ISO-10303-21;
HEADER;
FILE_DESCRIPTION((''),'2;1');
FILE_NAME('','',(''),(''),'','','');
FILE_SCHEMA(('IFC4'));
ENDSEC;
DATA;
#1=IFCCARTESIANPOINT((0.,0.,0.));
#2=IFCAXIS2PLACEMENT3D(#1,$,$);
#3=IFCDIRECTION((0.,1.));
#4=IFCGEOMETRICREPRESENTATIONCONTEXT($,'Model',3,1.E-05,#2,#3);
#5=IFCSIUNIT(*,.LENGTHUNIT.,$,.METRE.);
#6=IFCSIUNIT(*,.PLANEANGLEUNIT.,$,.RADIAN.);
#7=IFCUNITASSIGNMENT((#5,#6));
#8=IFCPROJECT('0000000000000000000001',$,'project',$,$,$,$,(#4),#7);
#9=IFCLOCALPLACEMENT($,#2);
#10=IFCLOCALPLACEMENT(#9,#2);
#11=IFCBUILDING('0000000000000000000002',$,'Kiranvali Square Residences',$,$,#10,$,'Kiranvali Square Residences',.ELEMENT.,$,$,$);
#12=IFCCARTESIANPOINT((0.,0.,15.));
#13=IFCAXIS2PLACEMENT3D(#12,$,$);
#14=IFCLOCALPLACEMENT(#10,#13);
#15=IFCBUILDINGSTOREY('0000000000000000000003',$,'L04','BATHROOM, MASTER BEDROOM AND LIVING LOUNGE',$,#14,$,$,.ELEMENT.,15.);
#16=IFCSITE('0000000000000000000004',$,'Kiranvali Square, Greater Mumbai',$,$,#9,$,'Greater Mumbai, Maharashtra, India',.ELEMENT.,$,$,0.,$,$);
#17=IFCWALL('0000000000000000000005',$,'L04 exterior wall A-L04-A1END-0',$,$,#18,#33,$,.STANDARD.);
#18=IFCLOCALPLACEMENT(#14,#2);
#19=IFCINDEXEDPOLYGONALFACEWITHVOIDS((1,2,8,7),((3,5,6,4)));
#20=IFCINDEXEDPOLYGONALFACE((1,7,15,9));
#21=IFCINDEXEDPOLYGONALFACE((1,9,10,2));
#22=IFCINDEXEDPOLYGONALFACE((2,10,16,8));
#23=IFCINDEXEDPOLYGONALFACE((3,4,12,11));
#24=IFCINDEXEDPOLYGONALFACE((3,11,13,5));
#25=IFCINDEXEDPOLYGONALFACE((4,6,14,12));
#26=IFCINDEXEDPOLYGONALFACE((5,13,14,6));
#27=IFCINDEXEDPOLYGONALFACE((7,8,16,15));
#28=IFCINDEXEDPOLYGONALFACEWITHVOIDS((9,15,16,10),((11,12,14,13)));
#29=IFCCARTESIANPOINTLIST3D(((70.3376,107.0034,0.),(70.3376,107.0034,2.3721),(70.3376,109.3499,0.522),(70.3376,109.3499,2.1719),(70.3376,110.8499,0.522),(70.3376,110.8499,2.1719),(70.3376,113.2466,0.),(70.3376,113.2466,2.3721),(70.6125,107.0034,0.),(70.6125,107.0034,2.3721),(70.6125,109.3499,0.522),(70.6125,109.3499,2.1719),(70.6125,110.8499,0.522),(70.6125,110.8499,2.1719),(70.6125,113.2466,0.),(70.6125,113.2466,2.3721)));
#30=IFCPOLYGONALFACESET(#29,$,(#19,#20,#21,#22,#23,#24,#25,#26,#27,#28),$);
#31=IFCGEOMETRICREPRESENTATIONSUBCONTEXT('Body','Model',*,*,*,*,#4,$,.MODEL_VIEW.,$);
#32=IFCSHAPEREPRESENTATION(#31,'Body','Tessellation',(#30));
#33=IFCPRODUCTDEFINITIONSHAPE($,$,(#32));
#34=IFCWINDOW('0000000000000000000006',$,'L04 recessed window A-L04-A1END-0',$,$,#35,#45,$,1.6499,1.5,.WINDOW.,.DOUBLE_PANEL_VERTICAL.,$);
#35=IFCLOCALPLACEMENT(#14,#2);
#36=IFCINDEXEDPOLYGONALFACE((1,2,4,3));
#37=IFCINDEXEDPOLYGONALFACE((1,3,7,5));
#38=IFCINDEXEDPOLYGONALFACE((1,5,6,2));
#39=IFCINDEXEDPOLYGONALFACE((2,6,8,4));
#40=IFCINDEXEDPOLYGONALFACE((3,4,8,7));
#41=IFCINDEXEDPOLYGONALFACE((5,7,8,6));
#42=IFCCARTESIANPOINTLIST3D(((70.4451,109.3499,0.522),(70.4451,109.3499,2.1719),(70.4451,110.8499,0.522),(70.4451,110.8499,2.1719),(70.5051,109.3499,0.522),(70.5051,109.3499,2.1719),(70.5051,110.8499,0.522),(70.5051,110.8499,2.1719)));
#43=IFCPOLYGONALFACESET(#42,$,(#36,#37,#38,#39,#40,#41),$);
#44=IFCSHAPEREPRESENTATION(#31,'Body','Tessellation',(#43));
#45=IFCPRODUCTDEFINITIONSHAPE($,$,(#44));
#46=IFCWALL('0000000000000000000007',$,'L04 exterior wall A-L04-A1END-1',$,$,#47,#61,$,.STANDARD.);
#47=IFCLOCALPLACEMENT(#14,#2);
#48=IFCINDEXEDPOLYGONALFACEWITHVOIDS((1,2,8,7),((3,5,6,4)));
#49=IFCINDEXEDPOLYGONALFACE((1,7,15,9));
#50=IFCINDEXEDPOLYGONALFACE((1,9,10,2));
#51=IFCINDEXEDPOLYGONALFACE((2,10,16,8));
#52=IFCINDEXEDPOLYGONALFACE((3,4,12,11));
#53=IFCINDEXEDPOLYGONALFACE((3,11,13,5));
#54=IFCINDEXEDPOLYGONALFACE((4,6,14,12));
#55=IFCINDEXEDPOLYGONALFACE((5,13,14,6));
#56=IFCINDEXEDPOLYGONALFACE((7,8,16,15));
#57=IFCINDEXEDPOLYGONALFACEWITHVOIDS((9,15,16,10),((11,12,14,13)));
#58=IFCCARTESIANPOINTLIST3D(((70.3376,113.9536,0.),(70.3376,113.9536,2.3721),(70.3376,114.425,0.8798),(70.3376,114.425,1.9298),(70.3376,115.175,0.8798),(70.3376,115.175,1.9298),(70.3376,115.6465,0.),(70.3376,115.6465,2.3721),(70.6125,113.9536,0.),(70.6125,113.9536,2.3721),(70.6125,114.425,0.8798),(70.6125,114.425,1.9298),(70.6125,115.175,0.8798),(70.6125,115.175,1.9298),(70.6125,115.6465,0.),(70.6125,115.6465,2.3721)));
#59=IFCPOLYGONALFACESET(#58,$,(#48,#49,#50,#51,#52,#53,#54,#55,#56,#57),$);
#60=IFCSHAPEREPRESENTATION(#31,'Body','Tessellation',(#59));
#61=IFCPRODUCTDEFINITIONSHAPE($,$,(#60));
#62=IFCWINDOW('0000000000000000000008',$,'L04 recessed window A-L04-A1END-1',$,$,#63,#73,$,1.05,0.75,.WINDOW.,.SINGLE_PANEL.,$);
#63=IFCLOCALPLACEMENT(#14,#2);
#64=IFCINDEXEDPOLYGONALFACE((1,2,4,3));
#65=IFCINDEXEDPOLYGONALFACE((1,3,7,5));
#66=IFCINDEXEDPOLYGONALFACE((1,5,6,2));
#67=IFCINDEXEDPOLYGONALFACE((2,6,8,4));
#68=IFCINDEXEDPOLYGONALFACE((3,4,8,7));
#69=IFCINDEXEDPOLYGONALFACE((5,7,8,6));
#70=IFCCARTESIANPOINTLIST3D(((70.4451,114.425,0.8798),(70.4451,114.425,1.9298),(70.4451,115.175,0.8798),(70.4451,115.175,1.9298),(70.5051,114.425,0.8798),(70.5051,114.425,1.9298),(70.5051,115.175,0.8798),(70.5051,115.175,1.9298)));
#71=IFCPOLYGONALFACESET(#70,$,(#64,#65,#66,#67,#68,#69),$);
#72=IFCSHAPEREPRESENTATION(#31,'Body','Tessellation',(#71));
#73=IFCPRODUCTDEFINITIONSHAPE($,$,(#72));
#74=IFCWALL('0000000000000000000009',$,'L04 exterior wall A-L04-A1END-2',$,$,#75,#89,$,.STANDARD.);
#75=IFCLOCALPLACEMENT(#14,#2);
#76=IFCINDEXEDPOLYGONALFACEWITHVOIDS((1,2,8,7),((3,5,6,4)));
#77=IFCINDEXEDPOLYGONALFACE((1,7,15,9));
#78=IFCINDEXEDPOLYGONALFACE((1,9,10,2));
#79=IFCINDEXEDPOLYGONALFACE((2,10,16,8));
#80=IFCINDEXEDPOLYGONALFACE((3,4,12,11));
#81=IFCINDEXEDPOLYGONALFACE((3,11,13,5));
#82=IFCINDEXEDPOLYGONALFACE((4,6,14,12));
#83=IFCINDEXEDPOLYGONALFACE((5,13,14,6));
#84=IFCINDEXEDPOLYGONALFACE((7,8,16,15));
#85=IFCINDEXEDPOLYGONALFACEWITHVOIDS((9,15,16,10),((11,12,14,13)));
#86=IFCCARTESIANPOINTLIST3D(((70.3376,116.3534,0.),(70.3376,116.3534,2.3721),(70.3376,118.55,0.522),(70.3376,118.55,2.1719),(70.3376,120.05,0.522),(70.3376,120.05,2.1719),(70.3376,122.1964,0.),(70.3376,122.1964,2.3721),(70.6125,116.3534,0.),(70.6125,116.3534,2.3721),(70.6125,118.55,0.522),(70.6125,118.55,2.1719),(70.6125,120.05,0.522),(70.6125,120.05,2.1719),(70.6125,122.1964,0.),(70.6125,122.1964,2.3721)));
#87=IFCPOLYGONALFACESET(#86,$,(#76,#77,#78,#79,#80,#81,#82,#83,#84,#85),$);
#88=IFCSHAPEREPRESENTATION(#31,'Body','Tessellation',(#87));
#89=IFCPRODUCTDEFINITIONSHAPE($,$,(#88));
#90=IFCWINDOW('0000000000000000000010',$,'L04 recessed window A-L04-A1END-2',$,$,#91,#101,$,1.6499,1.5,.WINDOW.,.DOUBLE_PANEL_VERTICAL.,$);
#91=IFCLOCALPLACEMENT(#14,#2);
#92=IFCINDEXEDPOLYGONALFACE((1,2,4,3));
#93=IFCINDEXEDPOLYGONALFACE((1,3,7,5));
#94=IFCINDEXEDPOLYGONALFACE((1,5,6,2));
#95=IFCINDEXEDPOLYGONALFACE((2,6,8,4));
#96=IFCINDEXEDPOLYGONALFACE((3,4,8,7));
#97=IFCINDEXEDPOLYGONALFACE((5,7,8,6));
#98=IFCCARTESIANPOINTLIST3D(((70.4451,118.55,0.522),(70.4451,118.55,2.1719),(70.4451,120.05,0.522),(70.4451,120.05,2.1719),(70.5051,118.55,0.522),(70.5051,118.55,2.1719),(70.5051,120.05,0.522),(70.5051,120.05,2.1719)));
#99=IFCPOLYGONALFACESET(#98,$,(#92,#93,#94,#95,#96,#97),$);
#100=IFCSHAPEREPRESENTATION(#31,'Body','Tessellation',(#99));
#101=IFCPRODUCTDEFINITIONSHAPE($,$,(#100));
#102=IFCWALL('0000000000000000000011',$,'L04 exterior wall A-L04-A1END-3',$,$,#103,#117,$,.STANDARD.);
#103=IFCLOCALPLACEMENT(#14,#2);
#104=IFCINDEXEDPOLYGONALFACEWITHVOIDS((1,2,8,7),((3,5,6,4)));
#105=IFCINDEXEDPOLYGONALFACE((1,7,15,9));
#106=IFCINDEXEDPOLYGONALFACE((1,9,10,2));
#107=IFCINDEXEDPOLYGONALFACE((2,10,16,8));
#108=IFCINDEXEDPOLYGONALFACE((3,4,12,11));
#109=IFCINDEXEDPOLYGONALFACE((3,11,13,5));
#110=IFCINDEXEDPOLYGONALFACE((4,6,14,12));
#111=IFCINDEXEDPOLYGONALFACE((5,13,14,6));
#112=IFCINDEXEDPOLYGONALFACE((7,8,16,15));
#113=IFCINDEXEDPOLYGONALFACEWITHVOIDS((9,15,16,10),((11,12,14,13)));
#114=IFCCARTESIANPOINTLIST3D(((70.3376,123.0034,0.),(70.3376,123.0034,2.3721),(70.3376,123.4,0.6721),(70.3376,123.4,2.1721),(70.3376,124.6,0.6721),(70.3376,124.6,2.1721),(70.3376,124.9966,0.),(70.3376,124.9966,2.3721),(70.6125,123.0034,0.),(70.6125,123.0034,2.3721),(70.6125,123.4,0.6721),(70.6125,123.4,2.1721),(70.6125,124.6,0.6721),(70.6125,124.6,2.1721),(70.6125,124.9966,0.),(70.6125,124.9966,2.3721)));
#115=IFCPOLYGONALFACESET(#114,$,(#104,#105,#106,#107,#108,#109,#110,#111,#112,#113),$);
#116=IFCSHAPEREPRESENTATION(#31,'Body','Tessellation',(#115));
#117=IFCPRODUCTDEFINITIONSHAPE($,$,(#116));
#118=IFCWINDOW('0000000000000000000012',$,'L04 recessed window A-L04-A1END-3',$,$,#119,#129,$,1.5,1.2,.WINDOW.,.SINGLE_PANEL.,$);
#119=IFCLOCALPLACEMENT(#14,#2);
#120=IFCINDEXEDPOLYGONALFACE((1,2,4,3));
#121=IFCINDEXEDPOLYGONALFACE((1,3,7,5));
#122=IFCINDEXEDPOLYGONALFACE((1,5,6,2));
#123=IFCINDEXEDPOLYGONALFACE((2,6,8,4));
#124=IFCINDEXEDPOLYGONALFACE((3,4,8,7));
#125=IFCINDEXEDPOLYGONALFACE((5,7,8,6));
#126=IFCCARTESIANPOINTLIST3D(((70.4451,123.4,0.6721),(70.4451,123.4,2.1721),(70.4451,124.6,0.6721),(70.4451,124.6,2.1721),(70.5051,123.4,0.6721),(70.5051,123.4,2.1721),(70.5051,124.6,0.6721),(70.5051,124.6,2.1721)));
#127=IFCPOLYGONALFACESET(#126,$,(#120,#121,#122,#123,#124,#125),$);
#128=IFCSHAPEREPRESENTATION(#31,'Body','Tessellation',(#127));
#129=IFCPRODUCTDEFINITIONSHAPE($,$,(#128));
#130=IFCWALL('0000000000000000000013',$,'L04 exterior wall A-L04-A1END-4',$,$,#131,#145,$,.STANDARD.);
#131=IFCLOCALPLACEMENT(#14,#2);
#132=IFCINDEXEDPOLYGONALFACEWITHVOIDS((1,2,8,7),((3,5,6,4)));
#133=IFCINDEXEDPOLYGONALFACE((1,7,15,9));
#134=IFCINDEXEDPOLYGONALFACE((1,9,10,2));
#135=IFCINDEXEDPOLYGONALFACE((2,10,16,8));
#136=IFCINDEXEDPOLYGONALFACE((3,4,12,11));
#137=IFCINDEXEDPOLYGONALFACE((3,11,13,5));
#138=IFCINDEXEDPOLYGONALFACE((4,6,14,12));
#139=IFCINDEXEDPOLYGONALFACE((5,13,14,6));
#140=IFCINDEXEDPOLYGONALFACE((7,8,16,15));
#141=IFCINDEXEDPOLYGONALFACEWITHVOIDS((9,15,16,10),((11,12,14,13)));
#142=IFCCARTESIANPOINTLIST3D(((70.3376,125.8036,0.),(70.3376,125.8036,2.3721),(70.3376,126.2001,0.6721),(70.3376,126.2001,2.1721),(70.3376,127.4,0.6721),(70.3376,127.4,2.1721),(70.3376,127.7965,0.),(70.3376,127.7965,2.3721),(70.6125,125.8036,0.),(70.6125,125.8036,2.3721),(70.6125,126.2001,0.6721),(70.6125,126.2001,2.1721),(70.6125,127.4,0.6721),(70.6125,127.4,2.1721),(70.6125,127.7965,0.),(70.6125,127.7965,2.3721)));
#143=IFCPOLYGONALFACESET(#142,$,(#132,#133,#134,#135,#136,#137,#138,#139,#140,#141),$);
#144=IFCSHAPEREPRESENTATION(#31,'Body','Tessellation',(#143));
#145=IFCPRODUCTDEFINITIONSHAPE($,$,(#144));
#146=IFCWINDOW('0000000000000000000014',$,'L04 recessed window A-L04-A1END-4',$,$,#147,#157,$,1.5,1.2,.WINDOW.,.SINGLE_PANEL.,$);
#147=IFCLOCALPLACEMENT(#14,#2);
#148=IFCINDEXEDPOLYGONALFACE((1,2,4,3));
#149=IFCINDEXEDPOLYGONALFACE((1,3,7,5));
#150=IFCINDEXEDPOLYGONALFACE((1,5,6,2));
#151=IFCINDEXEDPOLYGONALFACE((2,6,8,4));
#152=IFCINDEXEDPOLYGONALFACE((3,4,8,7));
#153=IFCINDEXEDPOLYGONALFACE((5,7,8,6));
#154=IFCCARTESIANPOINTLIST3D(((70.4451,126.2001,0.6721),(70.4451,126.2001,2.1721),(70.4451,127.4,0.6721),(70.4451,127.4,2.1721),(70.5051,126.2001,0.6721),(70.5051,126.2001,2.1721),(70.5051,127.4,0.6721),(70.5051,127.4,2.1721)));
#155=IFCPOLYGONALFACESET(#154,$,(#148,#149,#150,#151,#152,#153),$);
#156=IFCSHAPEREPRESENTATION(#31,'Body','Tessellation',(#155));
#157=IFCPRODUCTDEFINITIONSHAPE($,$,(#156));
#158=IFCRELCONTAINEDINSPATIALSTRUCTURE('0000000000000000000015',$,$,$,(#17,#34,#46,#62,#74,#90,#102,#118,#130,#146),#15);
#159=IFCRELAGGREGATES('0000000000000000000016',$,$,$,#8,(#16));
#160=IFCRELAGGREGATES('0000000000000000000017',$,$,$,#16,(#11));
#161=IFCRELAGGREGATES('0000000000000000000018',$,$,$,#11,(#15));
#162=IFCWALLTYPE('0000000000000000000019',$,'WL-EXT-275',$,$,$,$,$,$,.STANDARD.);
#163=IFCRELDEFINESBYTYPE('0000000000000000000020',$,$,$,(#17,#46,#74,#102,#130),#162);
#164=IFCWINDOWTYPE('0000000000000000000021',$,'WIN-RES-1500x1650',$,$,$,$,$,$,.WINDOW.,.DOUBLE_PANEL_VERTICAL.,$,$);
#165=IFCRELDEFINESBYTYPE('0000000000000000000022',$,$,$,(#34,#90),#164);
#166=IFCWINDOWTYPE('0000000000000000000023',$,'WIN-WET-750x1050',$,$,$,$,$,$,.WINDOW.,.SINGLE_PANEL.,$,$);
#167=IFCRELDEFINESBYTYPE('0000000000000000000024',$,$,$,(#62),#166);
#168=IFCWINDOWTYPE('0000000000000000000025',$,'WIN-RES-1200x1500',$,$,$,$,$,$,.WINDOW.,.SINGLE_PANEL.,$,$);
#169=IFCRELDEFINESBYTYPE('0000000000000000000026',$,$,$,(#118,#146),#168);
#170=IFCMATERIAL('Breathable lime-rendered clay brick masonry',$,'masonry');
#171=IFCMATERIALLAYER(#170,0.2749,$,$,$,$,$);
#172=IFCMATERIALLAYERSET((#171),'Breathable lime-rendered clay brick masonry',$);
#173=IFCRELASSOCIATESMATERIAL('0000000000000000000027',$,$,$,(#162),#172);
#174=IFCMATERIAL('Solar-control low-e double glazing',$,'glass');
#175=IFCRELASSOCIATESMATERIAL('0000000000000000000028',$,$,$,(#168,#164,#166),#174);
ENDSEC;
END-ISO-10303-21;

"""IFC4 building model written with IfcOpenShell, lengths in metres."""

from ifc_helpers import new_model, si_unit, direction, frame, frame_2d, origin, place, context, subcontext, project, spatial, rectangle, extrude, material, layer, layer_set, type_object, element, fill, save


model = new_model("IFC4")

# Units and contexts
model_context = context("Model", 3, precision=1e-05, world=origin(), true_north=direction((0.0, 1.0)))
body_context = subcontext(model_context, "Body", "Model", "MODEL_VIEW")
ifc_project = project(units=[si_unit("LENGTHUNIT", "METRE"), si_unit("PLANEANGLEUNIT", "RADIAN")], contexts=[model_context])

# Site, building, storey
site_placement = place(None, origin())
site = spatial("IfcSite", under=ifc_project, at=site_placement, Name="Kiranvali Square, Greater Mumbai", LongName="Greater Mumbai, Maharashtra, India", CompositionType="ELEMENT", RefElevation=0.0)
building_placement = place(site_placement, origin())
building = spatial("IfcBuilding", under=site, at=building_placement, Name="Kiranvali Square Residences", LongName="Kiranvali Square Residences", CompositionType="ELEMENT")
storey_placement = place(building_placement, frame((0.0, 0.0, 15.0)))
storey = spatial("IfcBuildingStorey", under=building, at=storey_placement, Name="L04", Description="BATHROOM, MASTER BEDROOM AND LIVING LOUNGE", CompositionType="ELEMENT", Elevation=15.0)

# Walls, openings, windows
ifc_material_1 = material(Name="Breathable lime-rendered clay brick masonry", Category="masonry")
ifc_layer_1 = layer(ifc_material_1, 0.2749)
ifc_layer_set_1 = layer_set([ifc_layer_1], Name="Breathable lime-rendered clay brick masonry")
wall_type_1 = type_object("IfcWallType", Name="WL-EXT-275", PredefinedType="STANDARD", material=ifc_layer_set_1)
ifc_material_2 = material(Name="Solar-control low-e double glazing", Category="glass")
window_type_1 = type_object("IfcWindowType", Name="WIN-RES-1200x1500", PartitioningType="SINGLE_PANEL", PredefinedType="WINDOW", material=ifc_material_2)
wall_1_placement = place(storey_placement, frame((70.4751, 107.0034, 0.0), z_axis=(0.0, 0.0, 1.0), x_axis=(0.0, 1.0, 0.0)))
wall_1 = element("IfcWall", 1, at=wall_1_placement, inside=storey, type_object=wall_type_1, Name="L04 exterior wall A-L04-A1END-0", PredefinedType="STANDARD", context=body_context, shape_type="SweptSolid", body=[
    extrude(rectangle(XDim=6.2432, YDim=0.2749, at=frame_2d((3.1216, 0.0))), origin(), (0.0, 0.0, 1.0), 2.3721),
])
opening_1_placement = place(wall_1_placement, frame((2.3464, 0.0, 0.522)))
opening_1 = element("IfcOpeningElement", 2, at=opening_1_placement, cuts=wall_1, PredefinedType="OPENING", context=body_context, shape_type="SweptSolid", body=[
    extrude(rectangle(XDim=1.5, YDim=1.6499, at=frame_2d((0.75, 0.825))), frame((0.0, 0.1475, 0.0), z_axis=(0.0, -1.0, 0.0), x_axis=(1.0, 0.0, 0.0)), (0.0, 0.0, 1.0), 0.2949),
])
window_type_2 = type_object("IfcWindowType", Name="WIN-RES-1500x1650", PartitioningType="DOUBLE_PANEL_VERTICAL", PredefinedType="WINDOW", material=ifc_material_2)
window_1_placement = place(opening_1_placement, origin())
window_1 = element("IfcWindow", 3, at=window_1_placement, inside=storey, type_object=window_type_2, Name="L04 recessed window A-L04-A1END-0", OverallHeight=1.6499, OverallWidth=1.5, PartitioningType="DOUBLE_PANEL_VERTICAL", PredefinedType="WINDOW", context=body_context, shape_type="SweptSolid", body=[
    extrude(rectangle(XDim=1.5, YDim=1.6499, at=frame_2d((0.75, 0.825))), frame((0.0, 0.03, 0.0), z_axis=(0.0, -1.0, 0.0), x_axis=(1.0, 0.0, 0.0)), (0.0, 0.0, 1.0), 0.0601),
])
fill(opening_1, window_1)
wall_2_placement = place(storey_placement, frame((70.4751, 113.9536, 0.0), z_axis=(0.0, 0.0, 1.0), x_axis=(0.0, 1.0, 0.0)))
wall_2 = element("IfcWall", 4, at=wall_2_placement, inside=storey, type_object=wall_type_1, Name="L04 exterior wall A-L04-A1END-1", PredefinedType="STANDARD", context=body_context, shape_type="SweptSolid", body=[
    extrude(rectangle(XDim=1.6929, YDim=0.2749, at=frame_2d((0.8464, 0.0))), origin(), (0.0, 0.0, 1.0), 2.3721),
])
opening_2_placement = place(wall_2_placement, frame((0.4714, 0.0, 0.8799)))
opening_2 = element("IfcOpeningElement", 5, at=opening_2_placement, cuts=wall_2, PredefinedType="OPENING", context=body_context, shape_type="SweptSolid", body=[
    extrude(rectangle(XDim=0.75, YDim=1.05, at=frame_2d((0.375, 0.5249))), frame((0.0, 0.1475, 0.0), z_axis=(0.0, -1.0, 0.0), x_axis=(1.0, 0.0, 0.0)), (0.0, 0.0, 1.0), 0.2949),
])
window_type_3 = type_object("IfcWindowType", Name="WIN-WET-750x1050", PartitioningType="SINGLE_PANEL", PredefinedType="WINDOW", material=ifc_material_2)
window_2_placement = place(opening_2_placement, origin())
window_2 = element("IfcWindow", 6, at=window_2_placement, inside=storey, type_object=window_type_3, Name="L04 recessed window A-L04-A1END-1", OverallHeight=1.05, OverallWidth=0.75, PartitioningType="SINGLE_PANEL", PredefinedType="WINDOW", context=body_context, shape_type="SweptSolid", body=[
    extrude(rectangle(XDim=0.75, YDim=1.05, at=frame_2d((0.375, 0.5249))), frame((0.0, 0.03, 0.0), z_axis=(0.0, -1.0, 0.0), x_axis=(1.0, 0.0, 0.0)), (0.0, 0.0, 1.0), 0.0601),
])
fill(opening_2, window_2)
wall_3_placement = place(storey_placement, frame((70.4751, 116.3535, 0.0), z_axis=(0.0, 0.0, 1.0), x_axis=(0.0, 1.0, 0.0)))
wall_3 = element("IfcWall", 7, at=wall_3_placement, inside=storey, type_object=wall_type_1, Name="L04 exterior wall A-L04-A1END-2", PredefinedType="STANDARD", context=body_context, shape_type="SweptSolid", body=[
    extrude(rectangle(XDim=5.843, YDim=0.2749, at=frame_2d((2.9214, 0.0))), origin(), (0.0, 0.0, 1.0), 2.3721),
])
opening_3_placement = place(wall_3_placement, frame((2.1965, 0.0, 0.522)))
opening_3 = element("IfcOpeningElement", 8, at=opening_3_placement, cuts=wall_3, PredefinedType="OPENING", context=body_context, shape_type="SweptSolid", body=[
    extrude(rectangle(XDim=1.5, YDim=1.6499, at=frame_2d((0.75, 0.825))), frame((0.0, 0.1475, 0.0), z_axis=(0.0, -1.0, 0.0), x_axis=(1.0, 0.0, 0.0)), (0.0, 0.0, 1.0), 0.2949),
])
window_3_placement = place(opening_3_placement, origin())
window_3 = element("IfcWindow", 9, at=window_3_placement, inside=storey, type_object=window_type_2, Name="L04 recessed window A-L04-A1END-2", OverallHeight=1.6499, OverallWidth=1.5, PartitioningType="DOUBLE_PANEL_VERTICAL", PredefinedType="WINDOW", context=body_context, shape_type="SweptSolid", body=[
    extrude(rectangle(XDim=1.5, YDim=1.6499, at=frame_2d((0.75, 0.825))), frame((0.0, 0.03, 0.0), z_axis=(0.0, -1.0, 0.0), x_axis=(1.0, 0.0, 0.0)), (0.0, 0.0, 1.0), 0.0601),
])
fill(opening_3, window_3)
wall_4_placement = place(storey_placement, frame((70.4751, 123.0034, 0.0), z_axis=(0.0, 0.0, 1.0), x_axis=(0.0, 1.0, 0.0)))
wall_4 = element("IfcWall", 10, at=wall_4_placement, inside=storey, type_object=wall_type_1, Name="L04 exterior wall A-L04-A1END-3", PredefinedType="STANDARD", context=body_context, shape_type="SweptSolid", body=[
    extrude(rectangle(XDim=1.9932, YDim=0.2749, at=frame_2d((0.9966, 0.0))), origin(), (0.0, 0.0, 1.0), 2.3721),
])
opening_4_placement = place(wall_4_placement, frame((0.3965, 0.0, 0.6721)))
opening_4 = element("IfcOpeningElement", 11, at=opening_4_placement, cuts=wall_4, PredefinedType="OPENING", context=body_context, shape_type="SweptSolid", body=[
    extrude(rectangle(XDim=1.2, YDim=1.5, at=frame_2d((0.6001, 0.75))), frame((0.0, 0.1475, 0.0), z_axis=(0.0, -1.0, 0.0), x_axis=(1.0, 0.0, 0.0)), (0.0, 0.0, 1.0), 0.2949),
])
window_4_placement = place(opening_4_placement, origin())
window_4 = element("IfcWindow", 12, at=window_4_placement, inside=storey, type_object=window_type_1, Name="L04 recessed window A-L04-A1END-3", OverallHeight=1.5, OverallWidth=1.2, PartitioningType="SINGLE_PANEL", PredefinedType="WINDOW", context=body_context, shape_type="SweptSolid", body=[
    extrude(rectangle(XDim=1.2, YDim=1.5, at=frame_2d((0.6001, 0.75))), frame((0.0, 0.03, 0.0), z_axis=(0.0, -1.0, 0.0), x_axis=(1.0, 0.0, 0.0)), (0.0, 0.0, 1.0), 0.0601),
])
fill(opening_4, window_4)
wall_5_placement = place(storey_placement, frame((70.4751, 125.8035, 0.0), z_axis=(0.0, 0.0, 1.0), x_axis=(0.0, 1.0, 0.0)))
wall_5 = element("IfcWall", 13, at=wall_5_placement, inside=storey, type_object=wall_type_1, Name="L04 exterior wall A-L04-A1END-4", PredefinedType="STANDARD", context=body_context, shape_type="SweptSolid", body=[
    extrude(rectangle(XDim=1.9929, YDim=0.2749, at=frame_2d((0.9966, 0.0))), origin(), (0.0, 0.0, 1.0), 2.3721),
])
opening_5_placement = place(wall_5_placement, frame((0.3965, 0.0, 0.6721)))
opening_5 = element("IfcOpeningElement", 14, at=opening_5_placement, cuts=wall_5, PredefinedType="OPENING", context=body_context, shape_type="SweptSolid", body=[
    extrude(rectangle(XDim=1.2, YDim=1.5, at=frame_2d((0.6001, 0.75))), frame((0.0, 0.1475, 0.0), z_axis=(0.0, -1.0, 0.0), x_axis=(1.0, 0.0, 0.0)), (0.0, 0.0, 1.0), 0.2949),
])
window_5_placement = place(opening_5_placement, origin())
window_5 = element("IfcWindow", 15, at=window_5_placement, inside=storey, type_object=window_type_1, Name="L04 recessed window A-L04-A1END-4", OverallHeight=1.5, OverallWidth=1.2, PartitioningType="SINGLE_PANEL", PredefinedType="WINDOW", context=body_context, shape_type="SweptSolid", body=[
    extrude(rectangle(XDim=1.2, YDim=1.5, at=frame_2d((0.6001, 0.75))), frame((0.0, 0.03, 0.0), z_axis=(0.0, -1.0, 0.0), x_axis=(1.0, 0.0, 0.0)), (0.0, 0.0, 1.0), 0.0601),
])
fill(opening_5, window_5)

save(model, "model.ifc")
